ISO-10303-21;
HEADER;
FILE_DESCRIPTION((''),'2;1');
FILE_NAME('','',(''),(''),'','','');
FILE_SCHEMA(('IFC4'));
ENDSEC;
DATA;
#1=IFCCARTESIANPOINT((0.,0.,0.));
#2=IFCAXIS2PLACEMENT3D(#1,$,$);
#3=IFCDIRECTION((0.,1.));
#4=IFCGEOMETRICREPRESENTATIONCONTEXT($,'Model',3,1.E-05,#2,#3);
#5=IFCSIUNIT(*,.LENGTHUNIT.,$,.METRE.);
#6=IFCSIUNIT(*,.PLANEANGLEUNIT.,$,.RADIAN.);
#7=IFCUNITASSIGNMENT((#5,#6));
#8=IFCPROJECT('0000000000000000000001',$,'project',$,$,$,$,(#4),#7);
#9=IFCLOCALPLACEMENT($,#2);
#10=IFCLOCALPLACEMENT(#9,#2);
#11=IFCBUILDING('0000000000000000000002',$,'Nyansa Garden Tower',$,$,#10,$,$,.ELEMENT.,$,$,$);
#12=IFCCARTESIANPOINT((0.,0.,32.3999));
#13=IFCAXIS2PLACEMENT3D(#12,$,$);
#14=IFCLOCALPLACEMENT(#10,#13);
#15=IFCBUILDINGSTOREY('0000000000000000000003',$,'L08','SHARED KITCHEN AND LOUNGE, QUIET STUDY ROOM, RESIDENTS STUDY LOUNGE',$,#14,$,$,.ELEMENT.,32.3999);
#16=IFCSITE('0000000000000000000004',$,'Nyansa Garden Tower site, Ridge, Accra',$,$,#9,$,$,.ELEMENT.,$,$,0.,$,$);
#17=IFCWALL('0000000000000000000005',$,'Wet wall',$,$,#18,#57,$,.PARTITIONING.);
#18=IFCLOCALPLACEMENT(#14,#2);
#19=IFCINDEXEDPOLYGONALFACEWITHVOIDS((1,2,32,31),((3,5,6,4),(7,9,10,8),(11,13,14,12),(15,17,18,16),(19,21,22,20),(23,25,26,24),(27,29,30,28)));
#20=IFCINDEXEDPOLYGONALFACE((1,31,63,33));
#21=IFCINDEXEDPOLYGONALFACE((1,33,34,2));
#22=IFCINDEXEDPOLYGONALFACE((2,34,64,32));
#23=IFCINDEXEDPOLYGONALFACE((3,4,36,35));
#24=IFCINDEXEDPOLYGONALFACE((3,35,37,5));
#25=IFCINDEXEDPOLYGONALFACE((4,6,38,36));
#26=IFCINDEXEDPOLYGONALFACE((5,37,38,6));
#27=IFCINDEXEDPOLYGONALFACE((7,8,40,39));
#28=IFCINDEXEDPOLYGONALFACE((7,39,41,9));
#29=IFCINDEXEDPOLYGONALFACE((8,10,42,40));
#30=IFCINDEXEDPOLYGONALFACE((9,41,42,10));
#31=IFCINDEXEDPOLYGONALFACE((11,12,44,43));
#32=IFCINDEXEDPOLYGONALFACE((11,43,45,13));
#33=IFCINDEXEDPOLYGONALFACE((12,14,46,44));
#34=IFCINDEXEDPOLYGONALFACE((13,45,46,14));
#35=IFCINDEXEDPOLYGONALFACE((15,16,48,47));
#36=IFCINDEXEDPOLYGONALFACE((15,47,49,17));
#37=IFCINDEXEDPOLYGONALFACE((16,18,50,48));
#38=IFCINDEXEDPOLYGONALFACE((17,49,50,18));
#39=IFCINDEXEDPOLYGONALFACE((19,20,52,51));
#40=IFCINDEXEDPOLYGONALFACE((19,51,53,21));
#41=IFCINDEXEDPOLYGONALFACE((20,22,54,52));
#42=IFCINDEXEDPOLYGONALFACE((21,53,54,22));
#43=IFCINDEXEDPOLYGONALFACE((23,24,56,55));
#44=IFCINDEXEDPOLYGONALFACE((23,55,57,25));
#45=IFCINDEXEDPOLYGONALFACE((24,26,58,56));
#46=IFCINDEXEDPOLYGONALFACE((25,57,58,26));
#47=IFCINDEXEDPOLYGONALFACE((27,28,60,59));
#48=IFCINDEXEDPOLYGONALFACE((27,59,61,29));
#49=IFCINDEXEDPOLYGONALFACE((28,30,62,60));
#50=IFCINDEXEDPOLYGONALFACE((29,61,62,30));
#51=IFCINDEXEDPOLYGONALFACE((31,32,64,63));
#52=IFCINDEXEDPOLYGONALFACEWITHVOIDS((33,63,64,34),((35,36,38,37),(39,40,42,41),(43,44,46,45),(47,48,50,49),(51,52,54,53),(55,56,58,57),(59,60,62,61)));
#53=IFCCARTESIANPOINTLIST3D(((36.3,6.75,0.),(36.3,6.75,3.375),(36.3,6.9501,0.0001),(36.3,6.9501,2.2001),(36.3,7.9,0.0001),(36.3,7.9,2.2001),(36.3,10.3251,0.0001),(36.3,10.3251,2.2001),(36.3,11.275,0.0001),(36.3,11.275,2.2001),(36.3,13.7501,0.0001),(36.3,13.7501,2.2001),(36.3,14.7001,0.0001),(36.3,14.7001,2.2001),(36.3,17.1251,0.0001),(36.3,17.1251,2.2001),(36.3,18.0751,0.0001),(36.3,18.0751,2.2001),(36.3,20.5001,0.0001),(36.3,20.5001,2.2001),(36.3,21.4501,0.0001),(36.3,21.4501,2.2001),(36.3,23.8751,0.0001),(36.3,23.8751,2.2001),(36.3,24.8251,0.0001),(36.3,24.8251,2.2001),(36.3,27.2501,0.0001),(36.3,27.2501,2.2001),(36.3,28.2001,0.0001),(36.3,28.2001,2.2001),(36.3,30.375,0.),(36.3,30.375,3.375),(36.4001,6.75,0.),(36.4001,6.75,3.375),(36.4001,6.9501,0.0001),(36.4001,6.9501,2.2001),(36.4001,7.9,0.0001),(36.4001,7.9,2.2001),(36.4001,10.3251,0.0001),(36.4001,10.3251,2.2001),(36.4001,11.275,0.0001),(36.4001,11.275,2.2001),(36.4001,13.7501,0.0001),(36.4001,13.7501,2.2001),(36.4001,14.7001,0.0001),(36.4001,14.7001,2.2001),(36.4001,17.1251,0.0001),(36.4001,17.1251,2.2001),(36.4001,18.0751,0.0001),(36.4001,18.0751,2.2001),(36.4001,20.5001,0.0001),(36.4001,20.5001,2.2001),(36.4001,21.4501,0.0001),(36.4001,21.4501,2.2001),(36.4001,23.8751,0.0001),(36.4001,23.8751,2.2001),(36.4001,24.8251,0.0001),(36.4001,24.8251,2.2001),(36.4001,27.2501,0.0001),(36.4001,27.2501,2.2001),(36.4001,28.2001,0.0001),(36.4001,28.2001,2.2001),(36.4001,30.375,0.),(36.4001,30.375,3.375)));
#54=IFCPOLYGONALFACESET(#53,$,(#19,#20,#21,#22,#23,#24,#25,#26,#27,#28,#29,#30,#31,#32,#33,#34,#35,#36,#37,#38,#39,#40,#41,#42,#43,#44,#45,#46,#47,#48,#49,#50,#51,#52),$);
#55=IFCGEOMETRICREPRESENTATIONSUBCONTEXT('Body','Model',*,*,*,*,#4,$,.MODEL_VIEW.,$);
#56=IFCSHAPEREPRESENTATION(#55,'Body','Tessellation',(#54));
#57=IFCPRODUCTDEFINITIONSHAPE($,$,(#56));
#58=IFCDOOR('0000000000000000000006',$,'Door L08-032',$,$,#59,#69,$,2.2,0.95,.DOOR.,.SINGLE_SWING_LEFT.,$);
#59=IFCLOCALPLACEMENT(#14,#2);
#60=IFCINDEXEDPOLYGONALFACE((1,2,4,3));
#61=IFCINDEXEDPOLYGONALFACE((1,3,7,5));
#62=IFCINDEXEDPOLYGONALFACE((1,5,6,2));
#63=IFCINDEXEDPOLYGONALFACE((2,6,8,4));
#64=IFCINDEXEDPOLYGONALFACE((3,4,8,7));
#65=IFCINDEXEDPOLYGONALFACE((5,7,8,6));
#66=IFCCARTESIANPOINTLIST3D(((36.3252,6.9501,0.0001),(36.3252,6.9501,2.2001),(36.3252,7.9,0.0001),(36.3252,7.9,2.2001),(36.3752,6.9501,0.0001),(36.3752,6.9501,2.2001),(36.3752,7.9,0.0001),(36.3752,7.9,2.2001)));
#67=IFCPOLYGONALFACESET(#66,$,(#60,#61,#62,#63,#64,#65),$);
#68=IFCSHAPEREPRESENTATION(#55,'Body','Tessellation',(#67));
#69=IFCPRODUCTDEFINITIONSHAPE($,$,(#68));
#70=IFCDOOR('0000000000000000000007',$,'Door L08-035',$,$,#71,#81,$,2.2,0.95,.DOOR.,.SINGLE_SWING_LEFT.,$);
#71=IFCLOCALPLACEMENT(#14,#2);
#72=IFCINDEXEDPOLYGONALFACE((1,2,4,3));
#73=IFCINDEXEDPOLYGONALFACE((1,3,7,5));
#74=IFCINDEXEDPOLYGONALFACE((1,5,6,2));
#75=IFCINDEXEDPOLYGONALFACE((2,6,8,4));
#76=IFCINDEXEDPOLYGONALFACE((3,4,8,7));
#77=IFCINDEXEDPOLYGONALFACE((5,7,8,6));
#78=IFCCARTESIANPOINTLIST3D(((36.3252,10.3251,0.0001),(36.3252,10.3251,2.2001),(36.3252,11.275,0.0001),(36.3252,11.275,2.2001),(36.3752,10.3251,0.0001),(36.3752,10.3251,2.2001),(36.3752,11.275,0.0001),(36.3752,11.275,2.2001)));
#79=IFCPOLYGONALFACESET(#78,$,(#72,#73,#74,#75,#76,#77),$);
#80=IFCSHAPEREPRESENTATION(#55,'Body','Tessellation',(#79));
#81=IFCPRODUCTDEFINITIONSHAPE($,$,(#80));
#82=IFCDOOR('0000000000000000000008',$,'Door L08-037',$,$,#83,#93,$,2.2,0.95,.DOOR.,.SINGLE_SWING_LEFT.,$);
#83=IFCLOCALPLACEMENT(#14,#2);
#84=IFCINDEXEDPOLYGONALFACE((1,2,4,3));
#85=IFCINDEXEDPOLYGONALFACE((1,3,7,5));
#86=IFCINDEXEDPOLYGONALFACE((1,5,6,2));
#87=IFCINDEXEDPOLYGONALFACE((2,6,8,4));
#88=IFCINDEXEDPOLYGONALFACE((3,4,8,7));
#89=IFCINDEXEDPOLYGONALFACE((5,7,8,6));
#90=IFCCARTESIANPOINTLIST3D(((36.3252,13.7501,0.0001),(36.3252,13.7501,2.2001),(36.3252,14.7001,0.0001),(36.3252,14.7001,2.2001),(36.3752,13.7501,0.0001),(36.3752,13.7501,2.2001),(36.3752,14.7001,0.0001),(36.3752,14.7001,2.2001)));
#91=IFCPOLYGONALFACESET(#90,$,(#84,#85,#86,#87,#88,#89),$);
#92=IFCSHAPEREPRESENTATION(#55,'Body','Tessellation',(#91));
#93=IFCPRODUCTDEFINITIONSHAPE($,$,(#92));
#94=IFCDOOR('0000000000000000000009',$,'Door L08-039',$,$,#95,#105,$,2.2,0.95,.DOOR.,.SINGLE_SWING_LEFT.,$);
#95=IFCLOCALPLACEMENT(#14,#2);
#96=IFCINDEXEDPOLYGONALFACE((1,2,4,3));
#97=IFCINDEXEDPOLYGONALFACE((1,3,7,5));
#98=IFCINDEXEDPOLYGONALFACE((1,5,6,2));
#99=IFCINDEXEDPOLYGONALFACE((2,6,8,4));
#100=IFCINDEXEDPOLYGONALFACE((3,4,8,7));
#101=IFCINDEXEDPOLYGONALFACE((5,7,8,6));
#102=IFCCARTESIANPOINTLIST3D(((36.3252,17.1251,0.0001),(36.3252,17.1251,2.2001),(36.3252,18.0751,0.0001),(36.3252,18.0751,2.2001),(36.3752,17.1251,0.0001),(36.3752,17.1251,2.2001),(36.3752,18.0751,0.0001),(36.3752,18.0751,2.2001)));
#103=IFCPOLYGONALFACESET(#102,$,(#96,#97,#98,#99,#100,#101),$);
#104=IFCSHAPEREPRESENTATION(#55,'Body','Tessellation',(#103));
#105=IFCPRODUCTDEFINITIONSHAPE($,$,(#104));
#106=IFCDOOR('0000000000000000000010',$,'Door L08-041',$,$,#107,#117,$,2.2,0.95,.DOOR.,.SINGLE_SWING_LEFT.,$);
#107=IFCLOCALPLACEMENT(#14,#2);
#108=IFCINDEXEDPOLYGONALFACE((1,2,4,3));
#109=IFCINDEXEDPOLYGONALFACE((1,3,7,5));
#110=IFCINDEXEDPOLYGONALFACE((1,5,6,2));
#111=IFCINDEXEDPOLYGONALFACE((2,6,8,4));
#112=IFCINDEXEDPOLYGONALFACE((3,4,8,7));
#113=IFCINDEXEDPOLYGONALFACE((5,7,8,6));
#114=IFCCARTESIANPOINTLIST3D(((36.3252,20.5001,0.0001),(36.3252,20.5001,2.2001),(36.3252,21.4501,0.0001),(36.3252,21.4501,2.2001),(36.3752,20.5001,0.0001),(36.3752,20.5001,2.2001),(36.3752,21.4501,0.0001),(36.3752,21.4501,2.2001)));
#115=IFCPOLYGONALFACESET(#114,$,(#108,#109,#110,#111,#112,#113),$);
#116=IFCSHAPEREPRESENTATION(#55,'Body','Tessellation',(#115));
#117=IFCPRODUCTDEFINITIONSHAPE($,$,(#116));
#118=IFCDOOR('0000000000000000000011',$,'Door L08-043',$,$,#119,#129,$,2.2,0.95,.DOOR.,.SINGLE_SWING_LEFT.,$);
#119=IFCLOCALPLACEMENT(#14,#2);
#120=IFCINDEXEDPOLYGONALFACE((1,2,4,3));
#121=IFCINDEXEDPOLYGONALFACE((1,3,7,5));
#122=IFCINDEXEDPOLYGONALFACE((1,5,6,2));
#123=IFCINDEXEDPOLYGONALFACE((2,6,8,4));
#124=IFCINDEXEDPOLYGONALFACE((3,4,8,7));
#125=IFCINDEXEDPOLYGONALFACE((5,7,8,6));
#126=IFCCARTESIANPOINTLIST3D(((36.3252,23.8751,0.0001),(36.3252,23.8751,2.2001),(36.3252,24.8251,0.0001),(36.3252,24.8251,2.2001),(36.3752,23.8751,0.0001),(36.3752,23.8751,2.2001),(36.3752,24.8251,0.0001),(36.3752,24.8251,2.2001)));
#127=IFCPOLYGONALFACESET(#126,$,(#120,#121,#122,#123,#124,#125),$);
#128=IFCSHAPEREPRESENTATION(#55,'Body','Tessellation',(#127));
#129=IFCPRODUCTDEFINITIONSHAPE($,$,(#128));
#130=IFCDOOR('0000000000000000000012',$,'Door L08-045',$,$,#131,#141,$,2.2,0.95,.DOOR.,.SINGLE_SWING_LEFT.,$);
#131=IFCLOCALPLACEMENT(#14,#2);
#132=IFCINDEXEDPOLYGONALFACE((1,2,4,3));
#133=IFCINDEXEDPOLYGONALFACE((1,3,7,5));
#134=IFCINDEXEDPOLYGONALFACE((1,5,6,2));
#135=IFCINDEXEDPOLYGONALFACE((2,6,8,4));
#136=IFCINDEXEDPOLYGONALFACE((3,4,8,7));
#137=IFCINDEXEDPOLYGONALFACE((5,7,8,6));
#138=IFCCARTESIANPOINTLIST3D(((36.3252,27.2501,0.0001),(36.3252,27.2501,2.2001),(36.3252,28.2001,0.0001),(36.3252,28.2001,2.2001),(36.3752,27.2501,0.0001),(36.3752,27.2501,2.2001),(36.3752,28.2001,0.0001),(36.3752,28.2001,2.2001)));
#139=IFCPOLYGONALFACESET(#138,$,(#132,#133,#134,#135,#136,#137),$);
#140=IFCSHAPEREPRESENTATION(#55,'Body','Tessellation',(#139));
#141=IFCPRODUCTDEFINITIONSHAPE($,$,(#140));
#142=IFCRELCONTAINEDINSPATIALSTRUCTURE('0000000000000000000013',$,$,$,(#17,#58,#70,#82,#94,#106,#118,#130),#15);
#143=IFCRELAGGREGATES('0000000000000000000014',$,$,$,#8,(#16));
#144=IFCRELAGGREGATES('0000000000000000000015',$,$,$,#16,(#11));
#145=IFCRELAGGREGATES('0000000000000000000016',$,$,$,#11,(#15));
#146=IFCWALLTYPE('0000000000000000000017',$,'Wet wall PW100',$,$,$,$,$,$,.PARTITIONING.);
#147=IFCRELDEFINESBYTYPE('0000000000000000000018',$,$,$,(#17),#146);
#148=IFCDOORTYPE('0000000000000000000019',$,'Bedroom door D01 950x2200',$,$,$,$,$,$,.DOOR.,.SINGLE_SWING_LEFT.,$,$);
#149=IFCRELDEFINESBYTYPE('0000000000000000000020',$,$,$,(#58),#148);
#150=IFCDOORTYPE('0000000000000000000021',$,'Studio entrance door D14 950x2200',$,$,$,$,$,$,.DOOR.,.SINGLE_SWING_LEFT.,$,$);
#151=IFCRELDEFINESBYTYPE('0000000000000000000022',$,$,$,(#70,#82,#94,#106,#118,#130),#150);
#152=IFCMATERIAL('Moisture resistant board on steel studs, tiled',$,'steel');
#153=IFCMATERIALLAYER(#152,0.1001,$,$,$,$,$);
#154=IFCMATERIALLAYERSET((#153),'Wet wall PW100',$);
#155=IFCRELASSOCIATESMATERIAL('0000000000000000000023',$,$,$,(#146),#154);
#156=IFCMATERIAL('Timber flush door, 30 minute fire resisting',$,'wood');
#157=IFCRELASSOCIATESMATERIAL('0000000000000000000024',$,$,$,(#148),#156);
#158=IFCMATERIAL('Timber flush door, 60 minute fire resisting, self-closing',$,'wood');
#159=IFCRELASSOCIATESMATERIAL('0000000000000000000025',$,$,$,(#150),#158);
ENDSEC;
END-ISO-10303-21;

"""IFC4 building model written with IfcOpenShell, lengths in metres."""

from ifc_helpers import new_model, si_unit, direction, frame, frame_2d, origin, place, context, subcontext, project, spatial, rectangle, extrude, material, layer, layer_set, type_object, element, fill, save


model = new_model("IFC4")

# Units and contexts
model_context = context("Model", 3, precision=1e-05, world=origin(), true_north=direction((0.0, 1.0)))
body_context = subcontext(model_context, "Body", "Model", "MODEL_VIEW")
ifc_project = project(units=[si_unit("LENGTHUNIT", "METRE"), si_unit("PLANEANGLEUNIT", "RADIAN")], contexts=[model_context])

# Site, building, storey
site_placement = place(None, origin())
site = spatial("IfcSite", under=ifc_project, at=site_placement, Name="Nyansa Garden Tower site, Ridge, Accra", CompositionType="ELEMENT", RefElevation=0.0)
building_placement = place(site_placement, origin())
building = spatial("IfcBuilding", under=site, at=building_placement, Name="Nyansa Garden Tower", CompositionType="ELEMENT")
storey_placement = place(building_placement, frame((0.0, 0.0, 32.3999)))
storey = spatial("IfcBuildingStorey", under=building, at=storey_placement, Name="L08", Description="SHARED KITCHEN AND LOUNGE, QUIET STUDY ROOM, RESIDENTS STUDY LOUNGE", CompositionType="ELEMENT", Elevation=32.3999)

# Wall, openings, doors
ifc_material_1 = material(Name="Moisture resistant board on steel studs, tiled", Category="steel")
ifc_layer_1 = layer(ifc_material_1, 0.1001)
ifc_layer_set_1 = layer_set([ifc_layer_1], Name="Wet wall PW100")
wall_type_1 = type_object("IfcWallType", Name="Wet wall PW100", PredefinedType="PARTITIONING", material=ifc_layer_set_1)
wall_1_placement = place(storey_placement, frame((36.3501, 6.75, 0.0), z_axis=(0.0, 0.0, 1.0), x_axis=(0.0, 1.0, 0.0)))
wall_1 = element("IfcWall", 1, at=wall_1_placement, inside=storey, type_object=wall_type_1, Name="Wet wall", PredefinedType="PARTITIONING", context=body_context, shape_type="SweptSolid", body=[
    extrude(rectangle(XDim=23.625, YDim=0.1001, at=frame_2d((11.8125, 0.0))), origin(), (0.0, 0.0, 1.0), 3.375),
])
opening_1_placement = place(wall_1_placement, frame((0.2, 0.0, 0.0)))
opening_1 = element("IfcOpeningElement", 2, at=opening_1_placement, cuts=wall_1, PredefinedType="OPENING", context=body_context, shape_type="SweptSolid", body=[
    extrude(rectangle(XDim=0.95, YDim=2.2, at=frame_2d((0.4751, 1.1001))), frame((0.0, 0.0601, 0.0), z_axis=(0.0, -1.0, 0.0), x_axis=(1.0, 0.0, 0.0)), (0.0, 0.0, 1.0), 0.1201),
])
opening_2_placement = place(wall_1_placement, frame((3.575, 0.0, 0.0)))
opening_2 = element("IfcOpeningElement", 3, at=opening_2_placement, cuts=wall_1, PredefinedType="OPENING", context=body_context, shape_type="SweptSolid", body=[
    extrude(rectangle(XDim=0.95, YDim=2.2, at=frame_2d((0.4751, 1.1001))), frame((0.0, 0.0601, 0.0), z_axis=(0.0, -1.0, 0.0), x_axis=(1.0, 0.0, 0.0)), (0.0, 0.0, 1.0), 0.1201),
])
opening_3_placement = place(wall_1_placement, frame((7.0, 0.0, 0.0)))
opening_3 = element("IfcOpeningElement", 4, at=opening_3_placement, cuts=wall_1, PredefinedType="OPENING", context=body_context, shape_type="SweptSolid", body=[
    extrude(rectangle(XDim=0.95, YDim=2.2, at=frame_2d((0.4751, 1.1001))), frame((0.0, 0.0601, 0.0), z_axis=(0.0, -1.0, 0.0), x_axis=(1.0, 0.0, 0.0)), (0.0, 0.0, 1.0), 0.1201),
])
opening_4_placement = place(wall_1_placement, frame((10.375, 0.0, 0.0)))
opening_4 = element("IfcOpeningElement", 5, at=opening_4_placement, cuts=wall_1, PredefinedType="OPENING", context=body_context, shape_type="SweptSolid", body=[
    extrude(rectangle(XDim=0.95, YDim=2.2, at=frame_2d((0.4751, 1.1001))), frame((0.0, 0.0601, 0.0), z_axis=(0.0, -1.0, 0.0), x_axis=(1.0, 0.0, 0.0)), (0.0, 0.0, 1.0), 0.1201),
])
opening_5_placement = place(wall_1_placement, frame((13.75, 0.0, 0.0)))
opening_5 = element("IfcOpeningElement", 6, at=opening_5_placement, cuts=wall_1, PredefinedType="OPENING", context=body_context, shape_type="SweptSolid", body=[
    extrude(rectangle(XDim=0.95, YDim=2.2, at=frame_2d((0.4751, 1.1001))), frame((0.0, 0.0601, 0.0), z_axis=(0.0, -1.0, 0.0), x_axis=(1.0, 0.0, 0.0)), (0.0, 0.0, 1.0), 0.1201),
])
opening_6_placement = place(wall_1_placement, frame((17.125, 0.0, 0.0)))
opening_6 = element("IfcOpeningElement", 7, at=opening_6_placement, cuts=wall_1, PredefinedType="OPENING", context=body_context, shape_type="SweptSolid", body=[
    extrude(rectangle(XDim=0.95, YDim=2.2, at=frame_2d((0.4751, 1.1001))), frame((0.0, 0.0601, 0.0), z_axis=(0.0, -1.0, 0.0), x_axis=(1.0, 0.0, 0.0)), (0.0, 0.0, 1.0), 0.1201),
])
opening_7_placement = place(wall_1_placement, frame((20.5, 0.0, 0.0)))
opening_7 = element("IfcOpeningElement", 8, at=opening_7_placement, cuts=wall_1, PredefinedType="OPENING", context=body_context, shape_type="SweptSolid", body=[
    extrude(rectangle(XDim=0.95, YDim=2.2, at=frame_2d((0.4751, 1.1001))), frame((0.0, 0.0601, 0.0), z_axis=(0.0, -1.0, 0.0), x_axis=(1.0, 0.0, 0.0)), (0.0, 0.0, 1.0), 0.1201),
])
ifc_material_2 = material(Name="Timber flush door, 30 minute fire resisting", Category="wood")
door_type_1 = type_object("IfcDoorType", Name="Bedroom door D01 950x2200", OperationType="SINGLE_SWING_LEFT", PredefinedType="DOOR", material=ifc_material_2)
door_1_placement = place(opening_1_placement, origin())
door_1 = element("IfcDoor", 9, at=door_1_placement, inside=storey, type_object=door_type_1, Name="Door L08-032", OperationType="SINGLE_SWING_LEFT", OverallHeight=2.2, OverallWidth=0.95, PredefinedType="DOOR", context=body_context, shape_type="SweptSolid", body=[
    extrude(rectangle(XDim=0.95, YDim=2.2, at=frame_2d((0.4751, 1.1001))), frame((0.0, 0.0249, 0.0), z_axis=(0.0, -1.0, 0.0), x_axis=(1.0, 0.0, 0.0)), (0.0, 0.0, 1.0), 0.05),
])
fill(opening_1, door_1)
ifc_material_3 = material(Name="Timber flush door, 60 minute fire resisting, self-closing", Category="wood")
door_type_2 = type_object("IfcDoorType", Name="Studio entrance door D14 950x2200", OperationType="SINGLE_SWING_LEFT", PredefinedType="DOOR", material=ifc_material_3)
door_2_placement = place(opening_2_placement, origin())
door_2 = element("IfcDoor", 10, at=door_2_placement, inside=storey, type_object=door_type_2, Name="Door L08-035", OperationType="SINGLE_SWING_LEFT", OverallHeight=2.2, OverallWidth=0.95, PredefinedType="DOOR", context=body_context, shape_type="SweptSolid", body=[
    extrude(rectangle(XDim=0.95, YDim=2.2, at=frame_2d((0.4751, 1.1001))), frame((0.0, 0.0249, 0.0), z_axis=(0.0, -1.0, 0.0), x_axis=(1.0, 0.0, 0.0)), (0.0, 0.0, 1.0), 0.05),
])
fill(opening_2, door_2)
door_3_placement = place(opening_3_placement, origin())
door_3 = element("IfcDoor", 11, at=door_3_placement, inside=storey, type_object=door_type_2, Name="Door L08-037", OperationType="SINGLE_SWING_LEFT", OverallHeight=2.2, OverallWidth=0.95, PredefinedType="DOOR", context=body_context, shape_type="SweptSolid", body=[
    extrude(rectangle(XDim=0.95, YDim=2.2, at=frame_2d((0.4751, 1.1001))), frame((0.0, 0.0249, 0.0), z_axis=(0.0, -1.0, 0.0), x_axis=(1.0, 0.0, 0.0)), (0.0, 0.0, 1.0), 0.05),
])
fill(opening_3, door_3)
door_4_placement = place(opening_4_placement, origin())
door_4 = element("IfcDoor", 12, at=door_4_placement, inside=storey, type_object=door_type_2, Name="Door L08-039", OperationType="SINGLE_SWING_LEFT", OverallHeight=2.2, OverallWidth=0.95, PredefinedType="DOOR", context=body_context, shape_type="SweptSolid", body=[
    extrude(rectangle(XDim=0.95, YDim=2.2, at=frame_2d((0.4751, 1.1001))), frame((0.0, 0.0249, 0.0), z_axis=(0.0, -1.0, 0.0), x_axis=(1.0, 0.0, 0.0)), (0.0, 0.0, 1.0), 0.05),
])
fill(opening_4, door_4)
door_5_placement = place(opening_5_placement, origin())
door_5 = element("IfcDoor", 13, at=door_5_placement, inside=storey, type_object=door_type_2, Name="Door L08-041", OperationType="SINGLE_SWING_LEFT", OverallHeight=2.2, OverallWidth=0.95, PredefinedType="DOOR", context=body_context, shape_type="SweptSolid", body=[
    extrude(rectangle(XDim=0.95, YDim=2.2, at=frame_2d((0.4751, 1.1001))), frame((0.0, 0.0249, 0.0), z_axis=(0.0, -1.0, 0.0), x_axis=(1.0, 0.0, 0.0)), (0.0, 0.0, 1.0), 0.05),
])
fill(opening_5, door_5)
door_6_placement = place(opening_6_placement, origin())
door_6 = element("IfcDoor", 14, at=door_6_placement, inside=storey, type_object=door_type_2, Name="Door L08-043", OperationType="SINGLE_SWING_LEFT", OverallHeight=2.2, OverallWidth=0.95, PredefinedType="DOOR", context=body_context, shape_type="SweptSolid", body=[
    extrude(rectangle(XDim=0.95, YDim=2.2, at=frame_2d((0.4751, 1.1001))), frame((0.0, 0.0249, 0.0), z_axis=(0.0, -1.0, 0.0), x_axis=(1.0, 0.0, 0.0)), (0.0, 0.0, 1.0), 0.05),
])
fill(opening_6, door_6)
door_7_placement = place(opening_7_placement, origin())
door_7 = element("IfcDoor", 15, at=door_7_placement, inside=storey, type_object=door_type_2, Name="Door L08-045", OperationType="SINGLE_SWING_LEFT", OverallHeight=2.2, OverallWidth=0.95, PredefinedType="DOOR", context=body_context, shape_type="SweptSolid", body=[
    extrude(rectangle(XDim=0.95, YDim=2.2, at=frame_2d((0.4751, 1.1001))), frame((0.0, 0.0249, 0.0), z_axis=(0.0, -1.0, 0.0), x_axis=(1.0, 0.0, 0.0)), (0.0, 0.0, 1.0), 0.05),
])
fill(opening_7, door_7)

save(model, "model.ifc")
